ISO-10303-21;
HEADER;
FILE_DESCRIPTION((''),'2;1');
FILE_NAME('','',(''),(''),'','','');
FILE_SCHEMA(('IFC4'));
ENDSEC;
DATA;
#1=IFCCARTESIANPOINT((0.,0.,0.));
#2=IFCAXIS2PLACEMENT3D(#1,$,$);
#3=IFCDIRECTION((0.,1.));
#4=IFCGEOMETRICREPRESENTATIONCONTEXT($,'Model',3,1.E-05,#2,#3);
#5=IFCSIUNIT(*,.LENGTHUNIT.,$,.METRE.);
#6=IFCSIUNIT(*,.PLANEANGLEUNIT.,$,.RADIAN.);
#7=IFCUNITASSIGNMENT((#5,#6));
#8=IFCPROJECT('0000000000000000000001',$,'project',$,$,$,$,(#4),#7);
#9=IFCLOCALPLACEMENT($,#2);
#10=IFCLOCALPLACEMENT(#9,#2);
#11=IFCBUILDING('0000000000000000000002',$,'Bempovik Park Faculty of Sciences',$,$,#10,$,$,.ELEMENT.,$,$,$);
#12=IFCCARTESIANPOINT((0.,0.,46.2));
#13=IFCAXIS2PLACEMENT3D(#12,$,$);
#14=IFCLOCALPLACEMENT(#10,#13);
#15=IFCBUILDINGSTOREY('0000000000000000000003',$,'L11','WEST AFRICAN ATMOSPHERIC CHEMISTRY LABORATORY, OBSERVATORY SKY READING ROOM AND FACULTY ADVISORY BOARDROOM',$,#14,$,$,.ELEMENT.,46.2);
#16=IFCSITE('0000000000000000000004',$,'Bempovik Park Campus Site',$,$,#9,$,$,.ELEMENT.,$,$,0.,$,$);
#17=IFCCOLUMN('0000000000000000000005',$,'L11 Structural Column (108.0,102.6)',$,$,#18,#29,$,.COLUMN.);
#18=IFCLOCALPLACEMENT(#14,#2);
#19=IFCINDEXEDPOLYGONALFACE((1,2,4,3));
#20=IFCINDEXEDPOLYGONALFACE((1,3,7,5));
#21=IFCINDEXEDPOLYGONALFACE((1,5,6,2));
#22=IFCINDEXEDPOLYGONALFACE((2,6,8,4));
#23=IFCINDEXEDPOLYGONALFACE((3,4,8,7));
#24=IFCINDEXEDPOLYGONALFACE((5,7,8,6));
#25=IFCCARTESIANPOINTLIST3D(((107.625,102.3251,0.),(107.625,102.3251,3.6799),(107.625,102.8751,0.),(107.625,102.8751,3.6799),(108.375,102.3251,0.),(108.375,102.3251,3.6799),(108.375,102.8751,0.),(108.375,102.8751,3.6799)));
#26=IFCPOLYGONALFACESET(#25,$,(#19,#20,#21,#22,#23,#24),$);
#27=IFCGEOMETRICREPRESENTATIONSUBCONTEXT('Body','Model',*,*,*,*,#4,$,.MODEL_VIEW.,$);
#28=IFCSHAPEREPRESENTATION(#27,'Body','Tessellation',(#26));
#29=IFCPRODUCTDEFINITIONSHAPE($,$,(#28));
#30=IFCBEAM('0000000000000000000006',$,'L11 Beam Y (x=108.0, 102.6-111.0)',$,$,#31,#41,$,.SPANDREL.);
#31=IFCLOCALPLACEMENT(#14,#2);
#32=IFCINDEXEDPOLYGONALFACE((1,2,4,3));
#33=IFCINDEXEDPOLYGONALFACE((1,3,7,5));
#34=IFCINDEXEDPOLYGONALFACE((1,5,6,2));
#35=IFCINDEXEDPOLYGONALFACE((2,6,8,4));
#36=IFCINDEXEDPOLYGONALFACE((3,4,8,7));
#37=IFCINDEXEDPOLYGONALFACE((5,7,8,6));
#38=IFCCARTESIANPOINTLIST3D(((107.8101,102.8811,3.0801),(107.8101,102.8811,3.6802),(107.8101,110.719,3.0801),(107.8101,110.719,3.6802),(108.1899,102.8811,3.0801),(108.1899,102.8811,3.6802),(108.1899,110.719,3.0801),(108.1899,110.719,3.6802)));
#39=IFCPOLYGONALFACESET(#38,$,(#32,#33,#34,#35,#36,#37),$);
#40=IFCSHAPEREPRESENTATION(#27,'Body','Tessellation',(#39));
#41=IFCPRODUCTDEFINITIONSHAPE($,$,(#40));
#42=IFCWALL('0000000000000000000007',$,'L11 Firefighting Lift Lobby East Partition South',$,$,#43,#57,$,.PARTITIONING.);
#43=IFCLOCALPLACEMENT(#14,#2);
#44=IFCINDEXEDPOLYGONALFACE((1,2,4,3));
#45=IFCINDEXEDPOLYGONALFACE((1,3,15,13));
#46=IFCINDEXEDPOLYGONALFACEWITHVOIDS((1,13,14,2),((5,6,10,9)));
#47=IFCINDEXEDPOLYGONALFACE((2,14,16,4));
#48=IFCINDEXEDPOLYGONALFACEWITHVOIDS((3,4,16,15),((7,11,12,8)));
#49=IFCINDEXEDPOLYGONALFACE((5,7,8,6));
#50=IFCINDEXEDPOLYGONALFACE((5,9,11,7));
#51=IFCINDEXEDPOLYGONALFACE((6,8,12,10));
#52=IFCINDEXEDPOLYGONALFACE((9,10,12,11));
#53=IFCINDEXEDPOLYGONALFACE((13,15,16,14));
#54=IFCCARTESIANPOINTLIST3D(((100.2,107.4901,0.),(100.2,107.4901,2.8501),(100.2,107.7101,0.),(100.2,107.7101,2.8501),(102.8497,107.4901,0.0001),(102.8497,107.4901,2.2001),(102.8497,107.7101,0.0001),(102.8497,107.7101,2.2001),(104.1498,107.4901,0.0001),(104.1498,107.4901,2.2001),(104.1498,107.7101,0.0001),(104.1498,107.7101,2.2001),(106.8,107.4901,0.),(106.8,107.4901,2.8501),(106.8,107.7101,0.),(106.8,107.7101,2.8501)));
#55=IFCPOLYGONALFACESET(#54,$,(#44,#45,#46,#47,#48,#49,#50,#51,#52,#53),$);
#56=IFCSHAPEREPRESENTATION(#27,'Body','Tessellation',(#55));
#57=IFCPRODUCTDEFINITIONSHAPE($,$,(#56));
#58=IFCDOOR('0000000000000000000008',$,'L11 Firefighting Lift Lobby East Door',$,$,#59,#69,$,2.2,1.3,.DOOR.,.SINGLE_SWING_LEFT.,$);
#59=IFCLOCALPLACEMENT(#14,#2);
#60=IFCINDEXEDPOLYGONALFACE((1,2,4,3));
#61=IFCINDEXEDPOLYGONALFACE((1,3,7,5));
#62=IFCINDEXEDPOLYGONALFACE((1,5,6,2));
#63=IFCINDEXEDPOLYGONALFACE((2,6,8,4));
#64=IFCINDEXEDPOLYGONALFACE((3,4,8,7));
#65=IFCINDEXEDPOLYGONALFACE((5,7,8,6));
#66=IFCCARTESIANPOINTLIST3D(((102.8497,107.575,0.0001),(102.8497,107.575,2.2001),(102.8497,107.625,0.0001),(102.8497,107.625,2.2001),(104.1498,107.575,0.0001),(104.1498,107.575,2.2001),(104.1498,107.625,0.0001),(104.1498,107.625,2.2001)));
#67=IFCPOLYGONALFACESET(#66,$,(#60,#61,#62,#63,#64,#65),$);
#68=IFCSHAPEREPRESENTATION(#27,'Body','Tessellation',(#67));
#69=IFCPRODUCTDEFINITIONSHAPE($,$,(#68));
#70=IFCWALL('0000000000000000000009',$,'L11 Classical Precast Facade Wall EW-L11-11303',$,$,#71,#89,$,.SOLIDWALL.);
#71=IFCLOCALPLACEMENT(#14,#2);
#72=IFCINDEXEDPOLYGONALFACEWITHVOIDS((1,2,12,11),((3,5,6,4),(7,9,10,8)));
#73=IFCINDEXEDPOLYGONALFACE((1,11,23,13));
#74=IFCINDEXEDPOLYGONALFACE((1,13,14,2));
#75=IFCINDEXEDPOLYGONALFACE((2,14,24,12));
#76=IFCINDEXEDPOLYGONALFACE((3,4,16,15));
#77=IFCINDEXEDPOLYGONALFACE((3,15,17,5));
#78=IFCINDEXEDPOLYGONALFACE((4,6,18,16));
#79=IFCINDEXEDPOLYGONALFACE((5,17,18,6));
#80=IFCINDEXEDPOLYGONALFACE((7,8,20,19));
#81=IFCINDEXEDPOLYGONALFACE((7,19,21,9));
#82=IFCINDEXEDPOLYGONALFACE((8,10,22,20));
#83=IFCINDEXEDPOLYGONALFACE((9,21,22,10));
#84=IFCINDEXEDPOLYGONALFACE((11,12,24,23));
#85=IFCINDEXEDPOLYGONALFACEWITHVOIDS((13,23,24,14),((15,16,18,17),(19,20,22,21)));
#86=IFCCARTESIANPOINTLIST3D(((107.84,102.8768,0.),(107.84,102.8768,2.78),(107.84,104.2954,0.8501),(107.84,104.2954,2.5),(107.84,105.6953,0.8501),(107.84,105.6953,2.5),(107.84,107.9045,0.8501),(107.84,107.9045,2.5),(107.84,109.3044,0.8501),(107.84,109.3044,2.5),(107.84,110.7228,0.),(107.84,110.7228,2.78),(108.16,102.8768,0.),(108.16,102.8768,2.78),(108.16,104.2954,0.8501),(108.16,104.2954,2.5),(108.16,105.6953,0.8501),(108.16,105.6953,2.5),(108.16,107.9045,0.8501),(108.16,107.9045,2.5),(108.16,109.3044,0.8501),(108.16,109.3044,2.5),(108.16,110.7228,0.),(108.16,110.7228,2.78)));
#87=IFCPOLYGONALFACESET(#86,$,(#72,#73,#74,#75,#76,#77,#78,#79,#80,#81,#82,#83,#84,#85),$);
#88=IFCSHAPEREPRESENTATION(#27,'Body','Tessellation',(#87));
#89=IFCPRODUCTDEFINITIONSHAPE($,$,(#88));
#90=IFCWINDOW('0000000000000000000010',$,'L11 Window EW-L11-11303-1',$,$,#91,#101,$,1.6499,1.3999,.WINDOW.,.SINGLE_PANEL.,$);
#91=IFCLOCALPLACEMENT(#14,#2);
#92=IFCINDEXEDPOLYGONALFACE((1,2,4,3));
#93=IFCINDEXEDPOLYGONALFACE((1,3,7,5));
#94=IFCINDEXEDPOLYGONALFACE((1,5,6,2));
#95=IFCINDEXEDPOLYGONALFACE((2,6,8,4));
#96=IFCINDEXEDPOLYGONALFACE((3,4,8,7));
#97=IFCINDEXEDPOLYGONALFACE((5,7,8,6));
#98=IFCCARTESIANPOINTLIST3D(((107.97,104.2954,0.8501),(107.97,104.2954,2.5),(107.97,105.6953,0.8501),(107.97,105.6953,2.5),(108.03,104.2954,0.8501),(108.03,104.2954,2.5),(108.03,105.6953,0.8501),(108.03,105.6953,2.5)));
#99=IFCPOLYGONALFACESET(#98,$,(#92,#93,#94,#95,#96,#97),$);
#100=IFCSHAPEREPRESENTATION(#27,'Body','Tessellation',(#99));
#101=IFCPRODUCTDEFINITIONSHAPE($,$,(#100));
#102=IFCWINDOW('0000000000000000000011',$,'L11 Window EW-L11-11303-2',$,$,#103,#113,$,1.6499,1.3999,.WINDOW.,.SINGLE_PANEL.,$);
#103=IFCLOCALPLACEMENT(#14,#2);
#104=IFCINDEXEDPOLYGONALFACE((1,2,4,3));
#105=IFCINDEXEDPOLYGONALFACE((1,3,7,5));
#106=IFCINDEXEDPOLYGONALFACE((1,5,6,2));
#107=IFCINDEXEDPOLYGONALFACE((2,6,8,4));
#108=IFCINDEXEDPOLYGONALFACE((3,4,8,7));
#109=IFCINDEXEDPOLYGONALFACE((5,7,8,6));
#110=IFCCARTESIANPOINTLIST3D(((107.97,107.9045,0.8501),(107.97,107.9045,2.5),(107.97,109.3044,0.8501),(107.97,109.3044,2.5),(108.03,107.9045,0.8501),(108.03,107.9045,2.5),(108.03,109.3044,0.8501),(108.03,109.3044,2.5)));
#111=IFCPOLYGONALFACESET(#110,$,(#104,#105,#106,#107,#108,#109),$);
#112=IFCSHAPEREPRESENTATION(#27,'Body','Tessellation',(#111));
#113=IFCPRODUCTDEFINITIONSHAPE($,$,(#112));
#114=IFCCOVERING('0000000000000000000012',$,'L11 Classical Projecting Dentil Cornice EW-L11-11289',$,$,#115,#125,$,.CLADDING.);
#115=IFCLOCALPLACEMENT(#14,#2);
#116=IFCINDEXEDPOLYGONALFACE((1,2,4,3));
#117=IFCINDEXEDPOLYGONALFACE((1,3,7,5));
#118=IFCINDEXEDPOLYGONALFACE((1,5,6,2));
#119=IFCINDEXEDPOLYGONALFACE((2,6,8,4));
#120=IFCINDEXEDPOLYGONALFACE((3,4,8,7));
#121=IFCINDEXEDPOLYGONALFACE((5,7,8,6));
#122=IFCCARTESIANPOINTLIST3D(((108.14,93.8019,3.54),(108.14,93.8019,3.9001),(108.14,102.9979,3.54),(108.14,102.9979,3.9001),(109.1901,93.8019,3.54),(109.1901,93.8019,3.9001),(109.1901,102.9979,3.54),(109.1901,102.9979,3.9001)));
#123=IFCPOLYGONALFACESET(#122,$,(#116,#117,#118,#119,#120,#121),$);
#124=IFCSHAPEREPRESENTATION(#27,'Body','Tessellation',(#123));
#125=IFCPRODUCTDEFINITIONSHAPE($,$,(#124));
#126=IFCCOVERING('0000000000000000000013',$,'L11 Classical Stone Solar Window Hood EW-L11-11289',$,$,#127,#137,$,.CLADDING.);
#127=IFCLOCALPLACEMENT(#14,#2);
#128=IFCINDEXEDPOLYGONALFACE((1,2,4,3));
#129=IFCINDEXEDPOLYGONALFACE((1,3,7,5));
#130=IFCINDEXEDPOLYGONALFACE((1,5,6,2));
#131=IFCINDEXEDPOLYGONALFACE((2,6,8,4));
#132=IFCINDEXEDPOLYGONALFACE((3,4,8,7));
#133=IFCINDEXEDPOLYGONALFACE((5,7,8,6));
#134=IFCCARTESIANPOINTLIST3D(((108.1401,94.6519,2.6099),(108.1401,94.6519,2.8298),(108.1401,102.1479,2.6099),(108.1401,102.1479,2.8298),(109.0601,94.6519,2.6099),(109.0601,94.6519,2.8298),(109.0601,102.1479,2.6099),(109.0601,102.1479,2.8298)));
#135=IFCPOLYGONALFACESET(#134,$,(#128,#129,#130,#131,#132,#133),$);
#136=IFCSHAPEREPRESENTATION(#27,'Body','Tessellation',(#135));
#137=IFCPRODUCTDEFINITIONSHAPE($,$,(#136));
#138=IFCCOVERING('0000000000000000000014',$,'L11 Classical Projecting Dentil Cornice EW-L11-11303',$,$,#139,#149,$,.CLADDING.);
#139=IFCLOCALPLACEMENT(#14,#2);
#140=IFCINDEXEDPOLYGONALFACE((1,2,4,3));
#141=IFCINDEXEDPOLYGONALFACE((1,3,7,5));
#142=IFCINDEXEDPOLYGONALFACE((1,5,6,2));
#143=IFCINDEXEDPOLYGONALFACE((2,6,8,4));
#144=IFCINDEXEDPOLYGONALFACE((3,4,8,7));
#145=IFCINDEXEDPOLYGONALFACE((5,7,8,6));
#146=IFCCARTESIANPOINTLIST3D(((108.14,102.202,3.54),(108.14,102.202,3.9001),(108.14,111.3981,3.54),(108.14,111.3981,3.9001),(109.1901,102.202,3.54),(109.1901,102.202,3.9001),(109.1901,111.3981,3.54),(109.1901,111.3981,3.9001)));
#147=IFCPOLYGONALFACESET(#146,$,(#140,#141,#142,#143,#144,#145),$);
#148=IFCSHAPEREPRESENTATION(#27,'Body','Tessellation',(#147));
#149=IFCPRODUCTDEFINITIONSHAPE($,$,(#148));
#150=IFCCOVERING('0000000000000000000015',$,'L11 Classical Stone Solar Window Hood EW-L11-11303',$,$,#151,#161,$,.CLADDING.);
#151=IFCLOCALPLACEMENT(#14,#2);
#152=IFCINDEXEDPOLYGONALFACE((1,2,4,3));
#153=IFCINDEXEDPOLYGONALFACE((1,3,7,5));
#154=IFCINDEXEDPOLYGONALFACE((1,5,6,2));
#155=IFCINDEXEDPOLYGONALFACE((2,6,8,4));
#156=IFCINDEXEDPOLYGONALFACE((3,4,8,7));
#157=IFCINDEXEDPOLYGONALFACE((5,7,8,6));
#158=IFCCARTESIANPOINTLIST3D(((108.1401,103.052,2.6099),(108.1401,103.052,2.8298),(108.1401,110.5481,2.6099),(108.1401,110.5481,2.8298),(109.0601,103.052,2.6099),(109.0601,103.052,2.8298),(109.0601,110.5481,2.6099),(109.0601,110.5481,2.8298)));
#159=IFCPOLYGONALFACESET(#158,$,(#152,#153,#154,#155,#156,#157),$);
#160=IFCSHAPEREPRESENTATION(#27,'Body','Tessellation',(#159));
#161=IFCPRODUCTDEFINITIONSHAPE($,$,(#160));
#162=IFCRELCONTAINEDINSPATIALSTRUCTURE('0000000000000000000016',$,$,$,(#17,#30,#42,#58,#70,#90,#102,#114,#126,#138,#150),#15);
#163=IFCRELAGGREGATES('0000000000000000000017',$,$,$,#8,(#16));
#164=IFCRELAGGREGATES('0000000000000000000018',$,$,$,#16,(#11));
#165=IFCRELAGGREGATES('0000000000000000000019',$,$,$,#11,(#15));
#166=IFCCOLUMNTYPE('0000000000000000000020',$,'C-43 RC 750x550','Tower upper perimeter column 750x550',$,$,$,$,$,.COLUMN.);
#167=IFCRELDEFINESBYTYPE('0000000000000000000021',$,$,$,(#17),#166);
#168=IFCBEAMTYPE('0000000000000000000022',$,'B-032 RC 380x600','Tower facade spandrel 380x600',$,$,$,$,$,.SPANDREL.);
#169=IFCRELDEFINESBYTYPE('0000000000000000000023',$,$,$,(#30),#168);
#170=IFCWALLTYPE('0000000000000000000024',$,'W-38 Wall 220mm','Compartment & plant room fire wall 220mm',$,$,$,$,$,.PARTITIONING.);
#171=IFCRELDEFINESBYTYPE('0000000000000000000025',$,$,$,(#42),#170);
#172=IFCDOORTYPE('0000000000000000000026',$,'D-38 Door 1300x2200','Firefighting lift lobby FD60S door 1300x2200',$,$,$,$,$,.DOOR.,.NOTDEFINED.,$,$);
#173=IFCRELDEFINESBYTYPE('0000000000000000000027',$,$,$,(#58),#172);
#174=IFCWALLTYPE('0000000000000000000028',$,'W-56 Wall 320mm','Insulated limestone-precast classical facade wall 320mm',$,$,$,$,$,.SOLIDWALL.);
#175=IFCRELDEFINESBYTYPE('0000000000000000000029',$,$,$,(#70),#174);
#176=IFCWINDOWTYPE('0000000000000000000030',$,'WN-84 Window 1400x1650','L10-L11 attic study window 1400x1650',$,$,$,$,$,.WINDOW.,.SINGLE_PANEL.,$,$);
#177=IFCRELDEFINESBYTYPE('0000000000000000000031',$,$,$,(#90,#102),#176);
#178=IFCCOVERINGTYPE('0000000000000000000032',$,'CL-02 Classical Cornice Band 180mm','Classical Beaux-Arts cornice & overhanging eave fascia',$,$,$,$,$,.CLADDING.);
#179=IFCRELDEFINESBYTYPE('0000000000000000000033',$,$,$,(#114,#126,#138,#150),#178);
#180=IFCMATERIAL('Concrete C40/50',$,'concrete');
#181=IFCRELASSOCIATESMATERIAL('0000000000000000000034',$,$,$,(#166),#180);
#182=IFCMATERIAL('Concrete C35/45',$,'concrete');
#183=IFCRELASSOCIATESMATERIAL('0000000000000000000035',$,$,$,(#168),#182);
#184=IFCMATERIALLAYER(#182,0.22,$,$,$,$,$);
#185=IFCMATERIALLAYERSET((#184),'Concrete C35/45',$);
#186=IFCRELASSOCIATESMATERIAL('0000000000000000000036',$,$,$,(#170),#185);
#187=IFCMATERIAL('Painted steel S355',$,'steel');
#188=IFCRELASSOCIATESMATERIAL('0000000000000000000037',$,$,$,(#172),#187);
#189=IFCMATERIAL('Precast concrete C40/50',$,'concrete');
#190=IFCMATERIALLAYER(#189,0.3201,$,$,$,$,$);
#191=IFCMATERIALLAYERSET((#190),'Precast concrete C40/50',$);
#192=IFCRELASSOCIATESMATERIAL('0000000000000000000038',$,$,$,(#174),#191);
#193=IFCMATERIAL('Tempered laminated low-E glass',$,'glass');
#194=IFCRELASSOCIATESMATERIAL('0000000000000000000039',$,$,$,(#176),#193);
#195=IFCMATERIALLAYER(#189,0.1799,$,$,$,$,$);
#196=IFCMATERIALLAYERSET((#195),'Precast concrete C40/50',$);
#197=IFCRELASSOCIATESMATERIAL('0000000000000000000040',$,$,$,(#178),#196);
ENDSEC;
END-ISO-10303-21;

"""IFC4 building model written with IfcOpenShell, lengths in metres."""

from ifc_helpers import new_model, si_unit, direction, frame, frame_2d, origin, origin_2d, place, context, subcontext, project, spatial, rectangle, extrude, material, layer, layer_set, material_profile, profile_set, type_object, element, fill, save


model = new_model("IFC4")

# Units and contexts
model_context = context("Model", 3, precision=1e-05, world=origin(), true_north=direction((0.0, 1.0)))
body_context = subcontext(model_context, "Body", "Model", "MODEL_VIEW")
ifc_project = project(units=[si_unit("LENGTHUNIT", "METRE"), si_unit("PLANEANGLEUNIT", "RADIAN")], contexts=[model_context])

# Site, building, storey
site_placement = place(None, origin())
site = spatial("IfcSite", under=ifc_project, at=site_placement, Name="Bempovik Park Campus Site", CompositionType="ELEMENT", RefElevation=0.0)
building_placement = place(site_placement, origin())
building = spatial("IfcBuilding", under=site, at=building_placement, Name="Bempovik Park Faculty of Sciences", CompositionType="ELEMENT")
storey_placement = place(building_placement, frame((0.0, 0.0, 46.2)))
storey = spatial("IfcBuildingStorey", under=building, at=storey_placement, Name="L11", Description="WEST AFRICAN ATMOSPHERIC CHEMISTRY LABORATORY, OBSERVATORY SKY READING ROOM AND FACULTY ADVISORY BOARDROOM", CompositionType="ELEMENT", Elevation=46.2)

# Column
ifc_material_1 = material(Name="Concrete C40/50", Category="concrete")
ifc_material_profile_1 = material_profile(ifc_material_1, rectangle(XDim=0.75, YDim=0.55, at=origin_2d()), Name="RC 750x550")
ifc_profile_set_1 = profile_set([ifc_material_profile_1], Name="Concrete C40/50")
column_type = type_object("IfcColumnType", Name="C-43 RC 750x550", Description="Tower upper perimeter column 750x550", PredefinedType="COLUMN", material=ifc_profile_set_1)
column_placement = place(storey_placement, frame((108.0, 102.6001, 0.0), z_axis=(0.0, 0.0, 1.0), x_axis=(1.0, 0.0, 0.0)))
element("IfcColumn", 1, at=column_placement, inside=storey, type_object=column_type, Name="L11 Structural Column (108.0,102.6)", PredefinedType="COLUMN", context=body_context, shape_type="SweptSolid", body=[
    extrude(rectangle(XDim=0.75, YDim=0.55, at=origin_2d()), origin(), (0.0, 0.0, 1.0), 3.6799),
])

# Beam
ifc_material_2 = material(Name="Concrete C35/45", Category="concrete")
ifc_material_profile_2 = material_profile(ifc_material_2, rectangle(XDim=0.3799, YDim=0.6001, at=origin_2d()), Name="RC 380x600")
ifc_profile_set_2 = profile_set([ifc_material_profile_2], Name="Concrete C35/45")
beam_type = type_object("IfcBeamType", Name="B-032 RC 380x600", Description="Tower facade spandrel 380x600", PredefinedType="SPANDREL", material=ifc_profile_set_2)
beam_placement = place(storey_placement, frame((108.0, 102.8811, 3.3801), z_axis=(0.0, 1.0, 0.0), x_axis=(-1.0, 0.0, 0.0)))
element("IfcBeam", 2, at=beam_placement, inside=storey, type_object=beam_type, Name="L11 Beam Y (x=108.0, 102.6-111.0)", PredefinedType="SPANDREL", context=body_context, shape_type="SweptSolid", body=[
    extrude(rectangle(XDim=0.3799, YDim=0.6001, at=origin_2d()), origin(), (0.0, 0.0, 1.0), 7.8379),
])

# Wall, opening, door
ifc_layer_1 = layer(ifc_material_2, 0.22)
ifc_layer_set_1 = layer_set([ifc_layer_1], Name="Concrete C35/45")
wall_type_1 = type_object("IfcWallType", Name="W-38 Wall 220mm", Description="Compartment & plant room fire wall 220mm", PredefinedType="PARTITIONING", material=ifc_layer_set_1)
wall_1_placement = place(storey_placement, frame((100.2, 107.6001, 0.0), z_axis=(0.0, 0.0, 1.0), x_axis=(1.0, 0.0, 0.0)))
wall_1 = element("IfcWall", 3, at=wall_1_placement, inside=storey, type_object=wall_type_1, Name="L11 Firefighting Lift Lobby East Partition South", PredefinedType="PARTITIONING", context=body_context, shape_type="SweptSolid", body=[
    extrude(rectangle(XDim=6.6001, YDim=0.22, at=frame_2d((3.3, 0.0))), origin(), (0.0, 0.0, 1.0), 2.8501),
])
opening_1_placement = place(wall_1_placement, frame((2.6499, 0.0, 0.0)))
opening_1 = element("IfcOpeningElement", 4, at=opening_1_placement, cuts=wall_1, PredefinedType="OPENING", context=body_context, shape_type="SweptSolid", body=[
    extrude(rectangle(XDim=1.3, YDim=2.2, at=frame_2d((0.6499, 1.1001))), frame((0.0, 0.1201, 0.0), z_axis=(0.0, -1.0, 0.0), x_axis=(1.0, 0.0, 0.0)), (0.0, 0.0, 1.0), 0.24),
])
ifc_material_3 = material(Name="Painted steel S355", Category="steel")
door_type = type_object("IfcDoorType", Name="D-38 Door 1300x2200", Description="Firefighting lift lobby FD60S door 1300x2200", OperationType="NOTDEFINED", PredefinedType="DOOR", material=ifc_material_3)
door_placement = place(opening_1_placement, origin())
door = element("IfcDoor", 5, at=door_placement, inside=storey, type_object=door_type, Name="L11 Firefighting Lift Lobby East Door", OperationType="SINGLE_SWING_LEFT", OverallHeight=2.2, OverallWidth=1.3, PredefinedType="DOOR", context=body_context, shape_type="SweptSolid", body=[
    extrude(rectangle(XDim=1.3, YDim=2.2, at=frame_2d((0.6499, 1.1001))), frame((0.0, 0.0249, 0.0), z_axis=(0.0, -1.0, 0.0), x_axis=(1.0, 0.0, 0.0)), (0.0, 0.0, 1.0), 0.05),
])
fill(opening_1, door)

# Wall, openings, windows
ifc_material_4 = material(Name="Precast concrete C40/50", Category="concrete")
ifc_layer_2 = layer(ifc_material_4, 0.3201)
ifc_layer_set_2 = layer_set([ifc_layer_2], Name="Precast concrete C40/50")
wall_type_2 = type_object("IfcWallType", Name="W-56 Wall 320mm", Description="Insulated limestone-precast classical facade wall 320mm", PredefinedType="SOLIDWALL", material=ifc_layer_set_2)
wall_2_placement = place(storey_placement, frame((108.0, 102.877, 0.0), z_axis=(0.0, 0.0, 1.0), x_axis=(0.0, 1.0, 0.0)))
wall_2 = element("IfcWall", 6, at=wall_2_placement, inside=storey, type_object=wall_type_2, Name="L11 Classical Precast Facade Wall EW-L11-11303", PredefinedType="SOLIDWALL", context=body_context, shape_type="SweptSolid", body=[
    extrude(rectangle(XDim=7.8459, YDim=0.3201, at=frame_2d((3.9229, 0.0))), origin(), (0.0, 0.0, 1.0), 2.78),
])
opening_2_placement = place(wall_2_placement, frame((1.4185, 0.0, 0.8501)))
opening_2 = element("IfcOpeningElement", 7, at=opening_2_placement, cuts=wall_2, PredefinedType="OPENING", context=body_context, shape_type="SweptSolid", body=[
    extrude(rectangle(XDim=1.3999, YDim=1.6499, at=frame_2d((0.7, 0.825))), frame((0.0, 0.1699, 0.0), z_axis=(0.0, -1.0, 0.0), x_axis=(1.0, 0.0, 0.0)), (0.0, 0.0, 1.0), 0.3401),
])
opening_3_placement = place(wall_2_placement, frame((5.0276, 0.0, 0.8501)))
opening_3 = element("IfcOpeningElement", 8, at=opening_3_placement, cuts=wall_2, PredefinedType="OPENING", context=body_context, shape_type="SweptSolid", body=[
    extrude(rectangle(XDim=1.3999, YDim=1.6499, at=frame_2d((0.7, 0.825))), frame((0.0, 0.1699, 0.0), z_axis=(0.0, -1.0, 0.0), x_axis=(1.0, 0.0, 0.0)), (0.0, 0.0, 1.0), 0.3401),
])
ifc_material_5 = material(Name="Tempered laminated low-E glass", Category="glass")
window_type = type_object("IfcWindowType", Name="WN-84 Window 1400x1650", Description="L10-L11 attic study window 1400x1650", PartitioningType="SINGLE_PANEL", PredefinedType="WINDOW", material=ifc_material_5)
window_1_placement = place(opening_2_placement, origin())
window_1 = element("IfcWindow", 9, at=window_1_placement, inside=storey, type_object=window_type, Name="L11 Window EW-L11-11303-1", OverallHeight=1.6499, OverallWidth=1.3999, PartitioningType="SINGLE_PANEL", PredefinedType="WINDOW", context=body_context, shape_type="SweptSolid", body=[
    extrude(rectangle(XDim=1.3999, YDim=1.6499, at=frame_2d((0.7, 0.825))), frame((0.0, 0.03, 0.0), z_axis=(0.0, -1.0, 0.0), x_axis=(1.0, 0.0, 0.0)), (0.0, 0.0, 1.0), 0.0601),
])
fill(opening_2, window_1)
window_2_placement = place(opening_3_placement, origin())
window_2 = element("IfcWindow", 10, at=window_2_placement, inside=storey, type_object=window_type, Name="L11 Window EW-L11-11303-2", OverallHeight=1.6499, OverallWidth=1.3999, PartitioningType="SINGLE_PANEL", PredefinedType="WINDOW", context=body_context, shape_type="SweptSolid", body=[
    extrude(rectangle(XDim=1.3999, YDim=1.6499, at=frame_2d((0.7, 0.825))), frame((0.0, 0.03, 0.0), z_axis=(0.0, -1.0, 0.0), x_axis=(1.0, 0.0, 0.0)), (0.0, 0.0, 1.0), 0.0601),
])
fill(opening_3, window_2)

# Coverings
ifc_layer_3 = layer(ifc_material_4, 0.1799)
ifc_layer_set_3 = layer_set([ifc_layer_3], Name="Precast concrete C40/50")
covering_type_1 = type_object("IfcCoveringType", Name="CL-02 Classical Cornice Band 180mm", Description="Classical Beaux-Arts cornice & overhanging eave fascia", PredefinedType="CLADDING", material=ifc_layer_set_3)
covering_1_placement = place(storey_placement, frame((108.665, 98.3999, 3.54), z_axis=(0.0, 0.0, 1.0), x_axis=(1.0, 0.0, 0.0)))
element("IfcCovering", 11, at=covering_1_placement, inside=storey, type_object=covering_type_1, Name="L11 Classical Projecting Dentil Cornice EW-L11-11289", PredefinedType="CLADDING", context=body_context, shape_type="SweptSolid", body=[
    extrude(rectangle(XDim=1.05, YDim=9.196, at=origin_2d()), origin(), (0.0, 0.0, 1.0), 0.3601),
])
covering_2_placement = place(storey_placement, frame((108.6001, 98.3999, 2.6099), z_axis=(0.0, 0.0, 1.0), x_axis=(1.0, 0.0, 0.0)))
element("IfcCovering", 12, at=covering_2_placement, inside=storey, type_object=covering_type_1, Name="L11 Classical Stone Solar Window Hood EW-L11-11289", PredefinedType="CLADDING", context=body_context, shape_type="SweptSolid", body=[
    extrude(rectangle(XDim=0.9199, YDim=7.4961, at=origin_2d()), origin(), (0.0, 0.0, 1.0), 0.22),
])
covering_3_placement = place(storey_placement, frame((108.665, 106.8, 3.54), z_axis=(0.0, 0.0, 1.0), x_axis=(1.0, 0.0, 0.0)))
element("IfcCovering", 13, at=covering_3_placement, inside=storey, type_object=covering_type_1, Name="L11 Classical Projecting Dentil Cornice EW-L11-11303", PredefinedType="CLADDING", context=body_context, shape_type="SweptSolid", body=[
    extrude(rectangle(XDim=1.05, YDim=9.196, at=origin_2d()), origin(), (0.0, 0.0, 1.0), 0.3601),
])
covering_4_placement = place(storey_placement, frame((108.6001, 106.8, 2.6099), z_axis=(0.0, 0.0, 1.0), x_axis=(1.0, 0.0, 0.0)))
element("IfcCovering", 14, at=covering_4_placement, inside=storey, type_object=covering_type_1, Name="L11 Classical Stone Solar Window Hood EW-L11-11303", PredefinedType="CLADDING", context=body_context, shape_type="SweptSolid", body=[
    extrude(rectangle(XDim=0.9199, YDim=7.4961, at=origin_2d()), origin(), (0.0, 0.0, 1.0), 0.22),
])

save(model, "model.ifc")
